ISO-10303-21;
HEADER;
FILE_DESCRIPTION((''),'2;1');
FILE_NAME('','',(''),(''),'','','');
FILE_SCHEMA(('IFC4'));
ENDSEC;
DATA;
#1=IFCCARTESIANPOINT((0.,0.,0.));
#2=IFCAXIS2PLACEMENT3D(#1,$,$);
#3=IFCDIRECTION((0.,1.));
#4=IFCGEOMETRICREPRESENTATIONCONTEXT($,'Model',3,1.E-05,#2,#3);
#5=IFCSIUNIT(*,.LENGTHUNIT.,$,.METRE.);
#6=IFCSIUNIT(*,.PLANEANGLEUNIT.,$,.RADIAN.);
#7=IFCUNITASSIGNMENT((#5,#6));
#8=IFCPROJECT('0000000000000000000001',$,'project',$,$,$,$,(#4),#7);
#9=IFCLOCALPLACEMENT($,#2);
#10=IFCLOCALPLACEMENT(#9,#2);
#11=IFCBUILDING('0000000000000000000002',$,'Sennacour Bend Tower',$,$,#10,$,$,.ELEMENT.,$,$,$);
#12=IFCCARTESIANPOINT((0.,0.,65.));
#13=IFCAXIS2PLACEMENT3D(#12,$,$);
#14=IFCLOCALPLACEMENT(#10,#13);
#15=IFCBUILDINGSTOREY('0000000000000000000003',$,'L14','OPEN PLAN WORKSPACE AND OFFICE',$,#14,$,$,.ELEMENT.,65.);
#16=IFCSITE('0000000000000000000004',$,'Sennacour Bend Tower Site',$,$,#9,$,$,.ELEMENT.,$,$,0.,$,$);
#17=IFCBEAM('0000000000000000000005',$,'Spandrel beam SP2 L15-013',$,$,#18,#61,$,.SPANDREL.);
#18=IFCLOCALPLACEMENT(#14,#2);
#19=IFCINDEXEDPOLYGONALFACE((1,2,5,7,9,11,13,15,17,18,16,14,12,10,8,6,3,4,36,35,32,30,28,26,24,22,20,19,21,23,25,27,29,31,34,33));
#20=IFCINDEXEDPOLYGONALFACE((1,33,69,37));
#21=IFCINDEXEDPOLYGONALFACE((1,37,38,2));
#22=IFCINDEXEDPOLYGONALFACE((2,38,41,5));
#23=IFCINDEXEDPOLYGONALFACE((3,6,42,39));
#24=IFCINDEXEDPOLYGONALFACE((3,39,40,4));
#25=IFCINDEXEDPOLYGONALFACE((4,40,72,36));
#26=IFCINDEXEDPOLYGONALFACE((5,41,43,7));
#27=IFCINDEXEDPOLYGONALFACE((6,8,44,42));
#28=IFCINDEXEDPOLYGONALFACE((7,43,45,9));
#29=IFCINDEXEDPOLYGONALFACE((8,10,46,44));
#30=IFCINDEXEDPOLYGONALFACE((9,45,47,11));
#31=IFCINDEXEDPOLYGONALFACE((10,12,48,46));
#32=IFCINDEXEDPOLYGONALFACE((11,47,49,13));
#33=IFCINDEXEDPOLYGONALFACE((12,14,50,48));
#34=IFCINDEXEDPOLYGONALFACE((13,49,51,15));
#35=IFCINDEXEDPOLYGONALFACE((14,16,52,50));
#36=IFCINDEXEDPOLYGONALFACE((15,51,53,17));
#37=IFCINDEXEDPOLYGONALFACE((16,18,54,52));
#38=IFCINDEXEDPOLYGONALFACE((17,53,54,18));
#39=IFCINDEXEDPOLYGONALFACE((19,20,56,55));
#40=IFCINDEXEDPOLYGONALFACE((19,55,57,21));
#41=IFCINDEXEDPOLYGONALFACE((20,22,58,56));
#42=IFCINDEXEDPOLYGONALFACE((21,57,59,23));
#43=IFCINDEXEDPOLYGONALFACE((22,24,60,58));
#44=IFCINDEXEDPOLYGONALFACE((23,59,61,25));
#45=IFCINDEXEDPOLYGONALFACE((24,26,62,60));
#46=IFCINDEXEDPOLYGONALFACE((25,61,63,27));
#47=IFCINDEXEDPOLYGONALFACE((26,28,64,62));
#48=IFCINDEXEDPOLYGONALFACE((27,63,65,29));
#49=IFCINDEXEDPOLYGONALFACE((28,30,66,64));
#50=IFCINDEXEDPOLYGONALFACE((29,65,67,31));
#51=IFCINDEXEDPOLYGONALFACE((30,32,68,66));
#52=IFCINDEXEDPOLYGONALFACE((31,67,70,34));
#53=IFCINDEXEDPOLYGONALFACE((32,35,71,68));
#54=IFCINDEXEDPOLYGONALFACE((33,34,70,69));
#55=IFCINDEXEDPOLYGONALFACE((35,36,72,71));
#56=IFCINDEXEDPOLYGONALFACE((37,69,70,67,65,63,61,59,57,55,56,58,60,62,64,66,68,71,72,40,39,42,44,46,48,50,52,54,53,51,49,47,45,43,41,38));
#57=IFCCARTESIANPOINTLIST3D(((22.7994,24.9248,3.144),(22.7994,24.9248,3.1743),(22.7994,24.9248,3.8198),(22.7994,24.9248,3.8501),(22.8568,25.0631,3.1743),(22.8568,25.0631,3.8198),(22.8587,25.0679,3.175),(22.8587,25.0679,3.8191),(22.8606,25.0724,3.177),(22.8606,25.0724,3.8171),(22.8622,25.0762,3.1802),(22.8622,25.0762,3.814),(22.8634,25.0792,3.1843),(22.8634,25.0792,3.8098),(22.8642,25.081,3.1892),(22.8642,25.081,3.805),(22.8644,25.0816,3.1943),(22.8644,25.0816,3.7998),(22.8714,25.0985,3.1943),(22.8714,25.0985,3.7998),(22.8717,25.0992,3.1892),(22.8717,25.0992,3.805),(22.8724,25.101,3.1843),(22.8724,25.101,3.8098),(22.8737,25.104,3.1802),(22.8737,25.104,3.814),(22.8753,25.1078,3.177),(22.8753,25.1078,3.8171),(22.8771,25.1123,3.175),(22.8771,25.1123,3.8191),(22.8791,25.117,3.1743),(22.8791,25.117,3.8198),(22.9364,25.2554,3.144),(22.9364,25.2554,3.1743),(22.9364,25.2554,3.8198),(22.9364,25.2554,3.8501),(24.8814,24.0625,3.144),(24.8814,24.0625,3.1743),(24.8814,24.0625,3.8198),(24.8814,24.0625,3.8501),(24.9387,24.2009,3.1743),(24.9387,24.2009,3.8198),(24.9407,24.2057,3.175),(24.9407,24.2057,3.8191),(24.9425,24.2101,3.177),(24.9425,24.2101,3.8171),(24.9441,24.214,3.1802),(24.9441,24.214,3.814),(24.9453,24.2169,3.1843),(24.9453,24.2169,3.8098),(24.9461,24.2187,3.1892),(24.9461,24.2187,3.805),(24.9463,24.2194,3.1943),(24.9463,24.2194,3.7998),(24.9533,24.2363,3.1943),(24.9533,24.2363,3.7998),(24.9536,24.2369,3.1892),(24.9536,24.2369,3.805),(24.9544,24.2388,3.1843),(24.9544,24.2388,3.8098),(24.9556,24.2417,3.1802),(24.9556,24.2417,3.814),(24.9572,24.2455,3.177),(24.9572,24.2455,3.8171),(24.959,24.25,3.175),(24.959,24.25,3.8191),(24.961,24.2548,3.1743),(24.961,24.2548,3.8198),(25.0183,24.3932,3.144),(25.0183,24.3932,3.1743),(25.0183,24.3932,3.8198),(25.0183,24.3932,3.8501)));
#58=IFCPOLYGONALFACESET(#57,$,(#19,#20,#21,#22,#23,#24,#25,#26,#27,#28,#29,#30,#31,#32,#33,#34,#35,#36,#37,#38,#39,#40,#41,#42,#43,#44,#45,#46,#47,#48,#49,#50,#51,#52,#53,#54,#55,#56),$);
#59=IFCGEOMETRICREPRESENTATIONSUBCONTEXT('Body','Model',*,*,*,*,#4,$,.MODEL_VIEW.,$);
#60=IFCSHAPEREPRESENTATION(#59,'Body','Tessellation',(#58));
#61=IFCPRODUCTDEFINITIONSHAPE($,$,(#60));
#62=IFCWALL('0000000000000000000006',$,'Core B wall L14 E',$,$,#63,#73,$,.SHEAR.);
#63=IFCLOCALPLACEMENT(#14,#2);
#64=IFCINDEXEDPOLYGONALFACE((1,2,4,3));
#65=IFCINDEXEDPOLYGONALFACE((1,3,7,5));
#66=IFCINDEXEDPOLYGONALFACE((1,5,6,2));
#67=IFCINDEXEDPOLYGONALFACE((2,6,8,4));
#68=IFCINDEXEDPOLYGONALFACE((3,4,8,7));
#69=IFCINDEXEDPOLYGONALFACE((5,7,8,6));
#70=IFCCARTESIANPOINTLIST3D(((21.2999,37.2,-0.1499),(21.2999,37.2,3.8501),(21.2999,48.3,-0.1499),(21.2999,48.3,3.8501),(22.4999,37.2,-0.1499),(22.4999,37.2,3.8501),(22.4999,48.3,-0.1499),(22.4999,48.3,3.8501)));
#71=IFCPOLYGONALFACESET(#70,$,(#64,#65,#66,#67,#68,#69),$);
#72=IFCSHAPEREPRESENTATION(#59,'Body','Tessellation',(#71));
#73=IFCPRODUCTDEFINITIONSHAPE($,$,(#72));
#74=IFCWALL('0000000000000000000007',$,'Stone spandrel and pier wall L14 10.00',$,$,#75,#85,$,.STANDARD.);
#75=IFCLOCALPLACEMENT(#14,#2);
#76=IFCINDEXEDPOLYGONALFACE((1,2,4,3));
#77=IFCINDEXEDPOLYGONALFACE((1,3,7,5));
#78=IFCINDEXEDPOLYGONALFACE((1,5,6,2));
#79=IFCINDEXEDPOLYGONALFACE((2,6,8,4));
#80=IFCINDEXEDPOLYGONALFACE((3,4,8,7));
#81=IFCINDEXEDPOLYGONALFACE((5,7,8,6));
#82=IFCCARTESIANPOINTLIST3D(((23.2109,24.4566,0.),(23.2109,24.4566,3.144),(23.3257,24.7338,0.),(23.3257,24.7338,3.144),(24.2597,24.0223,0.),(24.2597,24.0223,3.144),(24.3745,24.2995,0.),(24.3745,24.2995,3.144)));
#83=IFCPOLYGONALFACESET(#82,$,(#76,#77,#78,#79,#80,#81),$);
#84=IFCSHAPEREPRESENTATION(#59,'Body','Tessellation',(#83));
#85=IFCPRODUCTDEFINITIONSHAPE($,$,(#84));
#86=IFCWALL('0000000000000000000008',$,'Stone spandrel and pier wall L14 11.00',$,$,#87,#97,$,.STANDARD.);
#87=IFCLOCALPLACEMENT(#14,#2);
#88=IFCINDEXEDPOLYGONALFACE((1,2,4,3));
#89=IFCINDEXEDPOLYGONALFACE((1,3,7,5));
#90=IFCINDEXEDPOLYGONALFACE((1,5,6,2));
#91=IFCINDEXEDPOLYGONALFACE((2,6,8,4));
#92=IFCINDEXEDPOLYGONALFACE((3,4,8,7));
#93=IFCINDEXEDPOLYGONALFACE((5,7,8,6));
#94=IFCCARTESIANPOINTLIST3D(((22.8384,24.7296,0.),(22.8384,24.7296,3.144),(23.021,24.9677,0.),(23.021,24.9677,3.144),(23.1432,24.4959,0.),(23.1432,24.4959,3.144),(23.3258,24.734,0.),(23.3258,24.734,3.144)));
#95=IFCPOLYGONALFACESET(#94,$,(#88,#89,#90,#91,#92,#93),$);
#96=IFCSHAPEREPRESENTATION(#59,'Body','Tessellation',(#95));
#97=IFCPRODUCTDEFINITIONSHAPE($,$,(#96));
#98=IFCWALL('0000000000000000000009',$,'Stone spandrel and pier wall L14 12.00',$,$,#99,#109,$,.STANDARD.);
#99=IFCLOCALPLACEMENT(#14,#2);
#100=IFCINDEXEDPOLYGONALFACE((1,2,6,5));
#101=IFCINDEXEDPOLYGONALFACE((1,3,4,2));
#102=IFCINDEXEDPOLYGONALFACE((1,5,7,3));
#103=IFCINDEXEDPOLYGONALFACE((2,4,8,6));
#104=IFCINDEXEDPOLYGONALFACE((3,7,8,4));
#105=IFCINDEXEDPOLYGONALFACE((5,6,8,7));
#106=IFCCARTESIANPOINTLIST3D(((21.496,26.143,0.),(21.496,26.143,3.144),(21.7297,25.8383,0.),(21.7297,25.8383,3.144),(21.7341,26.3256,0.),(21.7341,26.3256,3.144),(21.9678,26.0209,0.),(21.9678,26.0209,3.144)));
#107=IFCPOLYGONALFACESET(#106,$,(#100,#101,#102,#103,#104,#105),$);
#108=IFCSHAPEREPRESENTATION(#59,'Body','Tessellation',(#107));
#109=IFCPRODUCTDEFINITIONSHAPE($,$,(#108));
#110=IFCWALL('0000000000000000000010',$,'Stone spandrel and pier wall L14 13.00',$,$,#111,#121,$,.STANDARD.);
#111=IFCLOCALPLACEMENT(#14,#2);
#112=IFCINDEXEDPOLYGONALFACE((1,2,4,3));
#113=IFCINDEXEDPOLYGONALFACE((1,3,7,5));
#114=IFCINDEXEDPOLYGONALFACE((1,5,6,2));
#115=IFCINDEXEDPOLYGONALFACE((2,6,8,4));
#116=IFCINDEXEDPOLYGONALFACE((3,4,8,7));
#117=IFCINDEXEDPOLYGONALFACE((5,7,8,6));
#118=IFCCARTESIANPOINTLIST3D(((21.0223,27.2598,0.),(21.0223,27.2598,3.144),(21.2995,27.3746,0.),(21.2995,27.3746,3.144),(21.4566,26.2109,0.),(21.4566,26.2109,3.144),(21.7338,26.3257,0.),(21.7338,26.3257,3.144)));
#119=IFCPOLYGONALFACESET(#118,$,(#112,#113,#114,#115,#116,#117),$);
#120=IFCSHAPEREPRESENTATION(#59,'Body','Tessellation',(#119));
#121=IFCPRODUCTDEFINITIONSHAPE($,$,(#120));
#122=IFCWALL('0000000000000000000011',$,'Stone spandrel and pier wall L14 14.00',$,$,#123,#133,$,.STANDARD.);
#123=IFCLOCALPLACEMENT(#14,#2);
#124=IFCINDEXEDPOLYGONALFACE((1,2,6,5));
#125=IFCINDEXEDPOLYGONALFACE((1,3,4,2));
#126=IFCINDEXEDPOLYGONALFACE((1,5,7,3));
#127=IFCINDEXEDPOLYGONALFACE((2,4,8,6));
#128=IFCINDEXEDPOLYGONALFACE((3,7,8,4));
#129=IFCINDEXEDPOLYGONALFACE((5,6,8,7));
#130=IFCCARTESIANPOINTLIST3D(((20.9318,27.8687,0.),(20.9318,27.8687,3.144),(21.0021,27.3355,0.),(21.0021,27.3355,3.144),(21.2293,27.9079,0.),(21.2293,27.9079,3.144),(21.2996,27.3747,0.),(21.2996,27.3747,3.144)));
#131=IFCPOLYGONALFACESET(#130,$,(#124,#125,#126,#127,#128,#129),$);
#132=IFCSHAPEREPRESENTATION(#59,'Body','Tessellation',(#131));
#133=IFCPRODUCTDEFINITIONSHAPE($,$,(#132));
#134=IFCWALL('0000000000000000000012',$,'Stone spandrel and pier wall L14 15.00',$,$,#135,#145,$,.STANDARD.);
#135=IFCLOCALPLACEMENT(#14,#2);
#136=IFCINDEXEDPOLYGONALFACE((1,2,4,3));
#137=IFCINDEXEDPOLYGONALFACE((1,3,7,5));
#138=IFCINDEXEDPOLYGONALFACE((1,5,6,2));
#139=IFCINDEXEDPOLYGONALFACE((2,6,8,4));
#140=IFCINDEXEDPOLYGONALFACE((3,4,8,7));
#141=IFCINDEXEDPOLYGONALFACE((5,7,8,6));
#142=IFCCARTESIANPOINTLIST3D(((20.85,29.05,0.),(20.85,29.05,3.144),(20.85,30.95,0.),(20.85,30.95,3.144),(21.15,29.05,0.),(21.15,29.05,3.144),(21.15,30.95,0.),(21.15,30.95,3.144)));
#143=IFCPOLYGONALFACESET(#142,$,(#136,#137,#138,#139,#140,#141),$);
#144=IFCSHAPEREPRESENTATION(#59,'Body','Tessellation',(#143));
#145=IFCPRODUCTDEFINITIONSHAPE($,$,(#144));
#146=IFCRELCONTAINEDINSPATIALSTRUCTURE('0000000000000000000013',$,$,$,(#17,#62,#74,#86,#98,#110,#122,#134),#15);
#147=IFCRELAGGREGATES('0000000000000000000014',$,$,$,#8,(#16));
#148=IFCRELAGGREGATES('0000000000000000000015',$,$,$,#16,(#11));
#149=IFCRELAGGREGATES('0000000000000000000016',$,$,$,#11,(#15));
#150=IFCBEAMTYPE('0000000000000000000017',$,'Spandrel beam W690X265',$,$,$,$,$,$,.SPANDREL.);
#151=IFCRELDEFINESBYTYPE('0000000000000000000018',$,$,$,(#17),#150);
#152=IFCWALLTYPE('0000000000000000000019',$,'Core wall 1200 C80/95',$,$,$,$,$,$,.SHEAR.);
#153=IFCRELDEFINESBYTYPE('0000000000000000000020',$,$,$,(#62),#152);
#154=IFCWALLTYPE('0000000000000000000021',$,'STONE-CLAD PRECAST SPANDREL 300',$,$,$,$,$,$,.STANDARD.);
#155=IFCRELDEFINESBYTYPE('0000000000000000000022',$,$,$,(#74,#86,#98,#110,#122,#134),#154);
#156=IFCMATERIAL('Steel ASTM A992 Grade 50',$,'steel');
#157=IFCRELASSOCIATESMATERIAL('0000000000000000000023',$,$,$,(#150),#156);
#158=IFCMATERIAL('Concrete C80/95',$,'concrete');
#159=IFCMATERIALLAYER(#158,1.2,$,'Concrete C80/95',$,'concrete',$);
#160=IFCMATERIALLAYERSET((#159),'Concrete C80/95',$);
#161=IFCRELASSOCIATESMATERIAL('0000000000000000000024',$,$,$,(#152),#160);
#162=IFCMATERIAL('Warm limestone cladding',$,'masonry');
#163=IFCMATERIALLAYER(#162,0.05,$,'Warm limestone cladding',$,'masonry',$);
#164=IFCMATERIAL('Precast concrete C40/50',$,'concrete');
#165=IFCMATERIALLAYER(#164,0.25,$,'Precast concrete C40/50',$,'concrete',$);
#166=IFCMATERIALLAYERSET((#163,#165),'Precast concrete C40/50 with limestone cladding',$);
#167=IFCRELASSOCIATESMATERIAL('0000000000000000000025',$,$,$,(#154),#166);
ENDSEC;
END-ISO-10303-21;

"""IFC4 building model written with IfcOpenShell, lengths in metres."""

from ifc_helpers import new_model, si_unit, direction, frame, frame_2d, origin, origin_2d, place, context, subcontext, project, spatial, rectangle, i_section, extrude, material, layer, layer_set, material_profile, profile_set, type_object, element, save


model = new_model("IFC4")

# Units and contexts
model_context = context("Model", 3, precision=1e-05, world=origin(), true_north=direction((0.0, 1.0)))
body_context = subcontext(model_context, "Body", "Model", "MODEL_VIEW")
ifc_project = project(units=[si_unit("LENGTHUNIT", "METRE"), si_unit("PLANEANGLEUNIT", "RADIAN")], contexts=[model_context])

# Site, building, storey
site_placement = place(None, origin())
site = spatial("IfcSite", under=ifc_project, at=site_placement, Name="Sennacour Bend Tower Site", CompositionType="ELEMENT", RefElevation=0.0)
building_placement = place(site_placement, origin())
building = spatial("IfcBuilding", under=site, at=building_placement, Name="Sennacour Bend Tower", CompositionType="ELEMENT")
storey_placement = place(building_placement, frame((0.0, 0.0, 65.0)))
storey = spatial("IfcBuildingStorey", under=building, at=storey_placement, Name="L14", Description="OPEN PLAN WORKSPACE AND OFFICE", CompositionType="ELEMENT", Elevation=65.0)

# Beam
ifc_material_1 = material(Name="Steel ASTM A992 Grade 50", Category="steel")
ifc_material_profile_1 = material_profile(ifc_material_1, i_section(OverallWidth=0.3579, OverallDepth=0.7061, WebThickness=0.0183, FlangeThickness=0.0303, FilletRadius=0.02, at=origin_2d()), Name="Steel ASTM A992 Grade 50", Category="steel")
ifc_profile_set_1 = profile_set([ifc_material_profile_1], Name="Steel ASTM A992 Grade 50")
beam_type = type_object("IfcBeamType", Name="Spandrel beam W690X265", PredefinedType="SPANDREL", material=ifc_profile_set_1)
for number, where, z_axis, x_axis, name in (
    (1, (22.8679, 25.0901, 3.4971), (0.923895, -0.382645, 0.0), (0.382645, 0.923895, 0.0), "Spandrel beam SP2 L15-013"),
):
    element("IfcBeam", number, at=place(storey_placement, frame(where, z_axis=z_axis, x_axis=x_axis)), inside=storey, type_object=beam_type, Name=name, PredefinedType="SPANDREL", context=body_context, shape_type="SweptSolid", body=[
        extrude(i_section(OverallWidth=0.3579, OverallDepth=0.7061, WebThickness=0.0183, FlangeThickness=0.0303, FilletRadius=0.02, at=origin_2d()), origin(), (0.0, 0.0, 1.0), 2.2534),
    ])

# Walls
ifc_material_2 = material(Name="Concrete C80/95", Category="concrete")
ifc_layer_1 = layer(ifc_material_2, 1.2, Name="Concrete C80/95", Category="concrete")
ifc_layer_set_1 = layer_set([ifc_layer_1], Name="Concrete C80/95")
wall_type_1 = type_object("IfcWallType", Name="Core wall 1200 C80/95", PredefinedType="SHEAR", material=ifc_layer_set_1)
wall_1_placement = place(storey_placement, frame((21.8999, 37.2, -0.1499), z_axis=(0.0, 0.0, 1.0), x_axis=(0.0, 1.0, 0.0)))
element("IfcWall", 2, at=wall_1_placement, inside=storey, type_object=wall_type_1, Name="Core B wall L14 E", PredefinedType="SHEAR", context=body_context, shape_type="SweptSolid", body=[
    extrude(rectangle(XDim=11.1001, YDim=1.2, at=frame_2d((5.55, 0.0))), origin(), (0.0, 0.0, 1.0), 4.0),
])
ifc_material_3 = material(Name="Warm limestone cladding", Category="masonry")
ifc_layer_2 = layer(ifc_material_3, 0.05, Name="Warm limestone cladding", Category="masonry")
ifc_material_4 = material(Name="Precast concrete C40/50", Category="concrete")
ifc_layer_3 = layer(ifc_material_4, 0.25, Name="Precast concrete C40/50", Category="concrete")
ifc_layer_set_2 = layer_set([ifc_layer_2, ifc_layer_3], Name="Precast concrete C40/50 with limestone cladding")
wall_type_2 = type_object("IfcWallType", Name="STONE-CLAD PRECAST SPANDREL 300", PredefinedType="STANDARD", material=ifc_layer_set_2)
wall_2_placement = place(storey_placement, frame((24.3171, 24.1609, 0.0), z_axis=(0.0, 0.0, 1.0), x_axis=(-0.923915, 0.382599, 0.0)))
element("IfcWall", 3, at=wall_2_placement, inside=storey, type_object=wall_type_2, Name="Stone spandrel and pier wall L14 10.00", PredefinedType="STANDARD", context=body_context, shape_type="SweptSolid", body=[
    extrude(rectangle(XDim=1.1353, YDim=0.3, at=frame_2d((0.5676, 0.0))), origin(), (0.0, 0.0, 1.0), 3.144),
])
for number, where, z_axis, x_axis, name in (
    (4, (23.2344, 24.615, 0.0), (0.0, 0.0, 1.0), (-0.793545, 0.608512, 0.0), "Stone spandrel and pier wall L14 11.00"),
    (5, (21.8486, 25.9297, 0.0), (0.0, 0.0, 1.0), (-0.608512, 0.793545, 0.0), "Stone spandrel and pier wall L14 12.00"),
):
    element("IfcWall", number, at=place(storey_placement, frame(where, z_axis=z_axis, x_axis=x_axis)), inside=storey, type_object=wall_type_2, Name=name, PredefinedType="STANDARD", context=body_context, shape_type="SweptSolid", body=[
        extrude(rectangle(XDim=0.384, YDim=0.3, at=frame_2d((0.1919, 0.0))), origin(), (0.0, 0.0, 1.0), 3.144),
    ])
wall_3_placement = place(storey_placement, frame((21.5952, 26.2683, 0.0), z_axis=(0.0, 0.0, 1.0), x_axis=(-0.382599, 0.923915, 0.0)))
element("IfcWall", 6, at=wall_3_placement, inside=storey, type_object=wall_type_2, Name="Stone spandrel and pier wall L14 13.00", PredefinedType="STANDARD", context=body_context, shape_type="SweptSolid", body=[
    extrude(rectangle(XDim=1.1353, YDim=0.3, at=frame_2d((0.5676, 0.0))), origin(), (0.0, 0.0, 1.0), 3.144),
])
wall_4_placement = place(storey_placement, frame((21.1509, 27.355, 0.0), z_axis=(0.0, 0.0, 1.0), x_axis=(-0.130736, 0.991417, 0.0)))
element("IfcWall", 7, at=wall_4_placement, inside=storey, type_object=wall_type_2, Name="Stone spandrel and pier wall L14 14.00", PredefinedType="STANDARD", context=body_context, shape_type="SweptSolid", body=[
    extrude(rectangle(XDim=0.5378, YDim=0.3, at=frame_2d((0.269, 0.0))), origin(), (0.0, 0.0, 1.0), 3.144),
])
wall_5_placement = place(storey_placement, frame((21.0, 29.05, 0.0), z_axis=(0.0, 0.0, 1.0), x_axis=(0.0, 1.0, 0.0)))
element("IfcWall", 8, at=wall_5_placement, inside=storey, type_object=wall_type_2, Name="Stone spandrel and pier wall L14 15.00", PredefinedType="STANDARD", context=body_context, shape_type="SweptSolid", body=[
    extrude(rectangle(XDim=1.8999, YDim=0.3, at=frame_2d((0.95, 0.0))), origin(), (0.0, 0.0, 1.0), 3.144),
])

save(model, "model.ifc")
